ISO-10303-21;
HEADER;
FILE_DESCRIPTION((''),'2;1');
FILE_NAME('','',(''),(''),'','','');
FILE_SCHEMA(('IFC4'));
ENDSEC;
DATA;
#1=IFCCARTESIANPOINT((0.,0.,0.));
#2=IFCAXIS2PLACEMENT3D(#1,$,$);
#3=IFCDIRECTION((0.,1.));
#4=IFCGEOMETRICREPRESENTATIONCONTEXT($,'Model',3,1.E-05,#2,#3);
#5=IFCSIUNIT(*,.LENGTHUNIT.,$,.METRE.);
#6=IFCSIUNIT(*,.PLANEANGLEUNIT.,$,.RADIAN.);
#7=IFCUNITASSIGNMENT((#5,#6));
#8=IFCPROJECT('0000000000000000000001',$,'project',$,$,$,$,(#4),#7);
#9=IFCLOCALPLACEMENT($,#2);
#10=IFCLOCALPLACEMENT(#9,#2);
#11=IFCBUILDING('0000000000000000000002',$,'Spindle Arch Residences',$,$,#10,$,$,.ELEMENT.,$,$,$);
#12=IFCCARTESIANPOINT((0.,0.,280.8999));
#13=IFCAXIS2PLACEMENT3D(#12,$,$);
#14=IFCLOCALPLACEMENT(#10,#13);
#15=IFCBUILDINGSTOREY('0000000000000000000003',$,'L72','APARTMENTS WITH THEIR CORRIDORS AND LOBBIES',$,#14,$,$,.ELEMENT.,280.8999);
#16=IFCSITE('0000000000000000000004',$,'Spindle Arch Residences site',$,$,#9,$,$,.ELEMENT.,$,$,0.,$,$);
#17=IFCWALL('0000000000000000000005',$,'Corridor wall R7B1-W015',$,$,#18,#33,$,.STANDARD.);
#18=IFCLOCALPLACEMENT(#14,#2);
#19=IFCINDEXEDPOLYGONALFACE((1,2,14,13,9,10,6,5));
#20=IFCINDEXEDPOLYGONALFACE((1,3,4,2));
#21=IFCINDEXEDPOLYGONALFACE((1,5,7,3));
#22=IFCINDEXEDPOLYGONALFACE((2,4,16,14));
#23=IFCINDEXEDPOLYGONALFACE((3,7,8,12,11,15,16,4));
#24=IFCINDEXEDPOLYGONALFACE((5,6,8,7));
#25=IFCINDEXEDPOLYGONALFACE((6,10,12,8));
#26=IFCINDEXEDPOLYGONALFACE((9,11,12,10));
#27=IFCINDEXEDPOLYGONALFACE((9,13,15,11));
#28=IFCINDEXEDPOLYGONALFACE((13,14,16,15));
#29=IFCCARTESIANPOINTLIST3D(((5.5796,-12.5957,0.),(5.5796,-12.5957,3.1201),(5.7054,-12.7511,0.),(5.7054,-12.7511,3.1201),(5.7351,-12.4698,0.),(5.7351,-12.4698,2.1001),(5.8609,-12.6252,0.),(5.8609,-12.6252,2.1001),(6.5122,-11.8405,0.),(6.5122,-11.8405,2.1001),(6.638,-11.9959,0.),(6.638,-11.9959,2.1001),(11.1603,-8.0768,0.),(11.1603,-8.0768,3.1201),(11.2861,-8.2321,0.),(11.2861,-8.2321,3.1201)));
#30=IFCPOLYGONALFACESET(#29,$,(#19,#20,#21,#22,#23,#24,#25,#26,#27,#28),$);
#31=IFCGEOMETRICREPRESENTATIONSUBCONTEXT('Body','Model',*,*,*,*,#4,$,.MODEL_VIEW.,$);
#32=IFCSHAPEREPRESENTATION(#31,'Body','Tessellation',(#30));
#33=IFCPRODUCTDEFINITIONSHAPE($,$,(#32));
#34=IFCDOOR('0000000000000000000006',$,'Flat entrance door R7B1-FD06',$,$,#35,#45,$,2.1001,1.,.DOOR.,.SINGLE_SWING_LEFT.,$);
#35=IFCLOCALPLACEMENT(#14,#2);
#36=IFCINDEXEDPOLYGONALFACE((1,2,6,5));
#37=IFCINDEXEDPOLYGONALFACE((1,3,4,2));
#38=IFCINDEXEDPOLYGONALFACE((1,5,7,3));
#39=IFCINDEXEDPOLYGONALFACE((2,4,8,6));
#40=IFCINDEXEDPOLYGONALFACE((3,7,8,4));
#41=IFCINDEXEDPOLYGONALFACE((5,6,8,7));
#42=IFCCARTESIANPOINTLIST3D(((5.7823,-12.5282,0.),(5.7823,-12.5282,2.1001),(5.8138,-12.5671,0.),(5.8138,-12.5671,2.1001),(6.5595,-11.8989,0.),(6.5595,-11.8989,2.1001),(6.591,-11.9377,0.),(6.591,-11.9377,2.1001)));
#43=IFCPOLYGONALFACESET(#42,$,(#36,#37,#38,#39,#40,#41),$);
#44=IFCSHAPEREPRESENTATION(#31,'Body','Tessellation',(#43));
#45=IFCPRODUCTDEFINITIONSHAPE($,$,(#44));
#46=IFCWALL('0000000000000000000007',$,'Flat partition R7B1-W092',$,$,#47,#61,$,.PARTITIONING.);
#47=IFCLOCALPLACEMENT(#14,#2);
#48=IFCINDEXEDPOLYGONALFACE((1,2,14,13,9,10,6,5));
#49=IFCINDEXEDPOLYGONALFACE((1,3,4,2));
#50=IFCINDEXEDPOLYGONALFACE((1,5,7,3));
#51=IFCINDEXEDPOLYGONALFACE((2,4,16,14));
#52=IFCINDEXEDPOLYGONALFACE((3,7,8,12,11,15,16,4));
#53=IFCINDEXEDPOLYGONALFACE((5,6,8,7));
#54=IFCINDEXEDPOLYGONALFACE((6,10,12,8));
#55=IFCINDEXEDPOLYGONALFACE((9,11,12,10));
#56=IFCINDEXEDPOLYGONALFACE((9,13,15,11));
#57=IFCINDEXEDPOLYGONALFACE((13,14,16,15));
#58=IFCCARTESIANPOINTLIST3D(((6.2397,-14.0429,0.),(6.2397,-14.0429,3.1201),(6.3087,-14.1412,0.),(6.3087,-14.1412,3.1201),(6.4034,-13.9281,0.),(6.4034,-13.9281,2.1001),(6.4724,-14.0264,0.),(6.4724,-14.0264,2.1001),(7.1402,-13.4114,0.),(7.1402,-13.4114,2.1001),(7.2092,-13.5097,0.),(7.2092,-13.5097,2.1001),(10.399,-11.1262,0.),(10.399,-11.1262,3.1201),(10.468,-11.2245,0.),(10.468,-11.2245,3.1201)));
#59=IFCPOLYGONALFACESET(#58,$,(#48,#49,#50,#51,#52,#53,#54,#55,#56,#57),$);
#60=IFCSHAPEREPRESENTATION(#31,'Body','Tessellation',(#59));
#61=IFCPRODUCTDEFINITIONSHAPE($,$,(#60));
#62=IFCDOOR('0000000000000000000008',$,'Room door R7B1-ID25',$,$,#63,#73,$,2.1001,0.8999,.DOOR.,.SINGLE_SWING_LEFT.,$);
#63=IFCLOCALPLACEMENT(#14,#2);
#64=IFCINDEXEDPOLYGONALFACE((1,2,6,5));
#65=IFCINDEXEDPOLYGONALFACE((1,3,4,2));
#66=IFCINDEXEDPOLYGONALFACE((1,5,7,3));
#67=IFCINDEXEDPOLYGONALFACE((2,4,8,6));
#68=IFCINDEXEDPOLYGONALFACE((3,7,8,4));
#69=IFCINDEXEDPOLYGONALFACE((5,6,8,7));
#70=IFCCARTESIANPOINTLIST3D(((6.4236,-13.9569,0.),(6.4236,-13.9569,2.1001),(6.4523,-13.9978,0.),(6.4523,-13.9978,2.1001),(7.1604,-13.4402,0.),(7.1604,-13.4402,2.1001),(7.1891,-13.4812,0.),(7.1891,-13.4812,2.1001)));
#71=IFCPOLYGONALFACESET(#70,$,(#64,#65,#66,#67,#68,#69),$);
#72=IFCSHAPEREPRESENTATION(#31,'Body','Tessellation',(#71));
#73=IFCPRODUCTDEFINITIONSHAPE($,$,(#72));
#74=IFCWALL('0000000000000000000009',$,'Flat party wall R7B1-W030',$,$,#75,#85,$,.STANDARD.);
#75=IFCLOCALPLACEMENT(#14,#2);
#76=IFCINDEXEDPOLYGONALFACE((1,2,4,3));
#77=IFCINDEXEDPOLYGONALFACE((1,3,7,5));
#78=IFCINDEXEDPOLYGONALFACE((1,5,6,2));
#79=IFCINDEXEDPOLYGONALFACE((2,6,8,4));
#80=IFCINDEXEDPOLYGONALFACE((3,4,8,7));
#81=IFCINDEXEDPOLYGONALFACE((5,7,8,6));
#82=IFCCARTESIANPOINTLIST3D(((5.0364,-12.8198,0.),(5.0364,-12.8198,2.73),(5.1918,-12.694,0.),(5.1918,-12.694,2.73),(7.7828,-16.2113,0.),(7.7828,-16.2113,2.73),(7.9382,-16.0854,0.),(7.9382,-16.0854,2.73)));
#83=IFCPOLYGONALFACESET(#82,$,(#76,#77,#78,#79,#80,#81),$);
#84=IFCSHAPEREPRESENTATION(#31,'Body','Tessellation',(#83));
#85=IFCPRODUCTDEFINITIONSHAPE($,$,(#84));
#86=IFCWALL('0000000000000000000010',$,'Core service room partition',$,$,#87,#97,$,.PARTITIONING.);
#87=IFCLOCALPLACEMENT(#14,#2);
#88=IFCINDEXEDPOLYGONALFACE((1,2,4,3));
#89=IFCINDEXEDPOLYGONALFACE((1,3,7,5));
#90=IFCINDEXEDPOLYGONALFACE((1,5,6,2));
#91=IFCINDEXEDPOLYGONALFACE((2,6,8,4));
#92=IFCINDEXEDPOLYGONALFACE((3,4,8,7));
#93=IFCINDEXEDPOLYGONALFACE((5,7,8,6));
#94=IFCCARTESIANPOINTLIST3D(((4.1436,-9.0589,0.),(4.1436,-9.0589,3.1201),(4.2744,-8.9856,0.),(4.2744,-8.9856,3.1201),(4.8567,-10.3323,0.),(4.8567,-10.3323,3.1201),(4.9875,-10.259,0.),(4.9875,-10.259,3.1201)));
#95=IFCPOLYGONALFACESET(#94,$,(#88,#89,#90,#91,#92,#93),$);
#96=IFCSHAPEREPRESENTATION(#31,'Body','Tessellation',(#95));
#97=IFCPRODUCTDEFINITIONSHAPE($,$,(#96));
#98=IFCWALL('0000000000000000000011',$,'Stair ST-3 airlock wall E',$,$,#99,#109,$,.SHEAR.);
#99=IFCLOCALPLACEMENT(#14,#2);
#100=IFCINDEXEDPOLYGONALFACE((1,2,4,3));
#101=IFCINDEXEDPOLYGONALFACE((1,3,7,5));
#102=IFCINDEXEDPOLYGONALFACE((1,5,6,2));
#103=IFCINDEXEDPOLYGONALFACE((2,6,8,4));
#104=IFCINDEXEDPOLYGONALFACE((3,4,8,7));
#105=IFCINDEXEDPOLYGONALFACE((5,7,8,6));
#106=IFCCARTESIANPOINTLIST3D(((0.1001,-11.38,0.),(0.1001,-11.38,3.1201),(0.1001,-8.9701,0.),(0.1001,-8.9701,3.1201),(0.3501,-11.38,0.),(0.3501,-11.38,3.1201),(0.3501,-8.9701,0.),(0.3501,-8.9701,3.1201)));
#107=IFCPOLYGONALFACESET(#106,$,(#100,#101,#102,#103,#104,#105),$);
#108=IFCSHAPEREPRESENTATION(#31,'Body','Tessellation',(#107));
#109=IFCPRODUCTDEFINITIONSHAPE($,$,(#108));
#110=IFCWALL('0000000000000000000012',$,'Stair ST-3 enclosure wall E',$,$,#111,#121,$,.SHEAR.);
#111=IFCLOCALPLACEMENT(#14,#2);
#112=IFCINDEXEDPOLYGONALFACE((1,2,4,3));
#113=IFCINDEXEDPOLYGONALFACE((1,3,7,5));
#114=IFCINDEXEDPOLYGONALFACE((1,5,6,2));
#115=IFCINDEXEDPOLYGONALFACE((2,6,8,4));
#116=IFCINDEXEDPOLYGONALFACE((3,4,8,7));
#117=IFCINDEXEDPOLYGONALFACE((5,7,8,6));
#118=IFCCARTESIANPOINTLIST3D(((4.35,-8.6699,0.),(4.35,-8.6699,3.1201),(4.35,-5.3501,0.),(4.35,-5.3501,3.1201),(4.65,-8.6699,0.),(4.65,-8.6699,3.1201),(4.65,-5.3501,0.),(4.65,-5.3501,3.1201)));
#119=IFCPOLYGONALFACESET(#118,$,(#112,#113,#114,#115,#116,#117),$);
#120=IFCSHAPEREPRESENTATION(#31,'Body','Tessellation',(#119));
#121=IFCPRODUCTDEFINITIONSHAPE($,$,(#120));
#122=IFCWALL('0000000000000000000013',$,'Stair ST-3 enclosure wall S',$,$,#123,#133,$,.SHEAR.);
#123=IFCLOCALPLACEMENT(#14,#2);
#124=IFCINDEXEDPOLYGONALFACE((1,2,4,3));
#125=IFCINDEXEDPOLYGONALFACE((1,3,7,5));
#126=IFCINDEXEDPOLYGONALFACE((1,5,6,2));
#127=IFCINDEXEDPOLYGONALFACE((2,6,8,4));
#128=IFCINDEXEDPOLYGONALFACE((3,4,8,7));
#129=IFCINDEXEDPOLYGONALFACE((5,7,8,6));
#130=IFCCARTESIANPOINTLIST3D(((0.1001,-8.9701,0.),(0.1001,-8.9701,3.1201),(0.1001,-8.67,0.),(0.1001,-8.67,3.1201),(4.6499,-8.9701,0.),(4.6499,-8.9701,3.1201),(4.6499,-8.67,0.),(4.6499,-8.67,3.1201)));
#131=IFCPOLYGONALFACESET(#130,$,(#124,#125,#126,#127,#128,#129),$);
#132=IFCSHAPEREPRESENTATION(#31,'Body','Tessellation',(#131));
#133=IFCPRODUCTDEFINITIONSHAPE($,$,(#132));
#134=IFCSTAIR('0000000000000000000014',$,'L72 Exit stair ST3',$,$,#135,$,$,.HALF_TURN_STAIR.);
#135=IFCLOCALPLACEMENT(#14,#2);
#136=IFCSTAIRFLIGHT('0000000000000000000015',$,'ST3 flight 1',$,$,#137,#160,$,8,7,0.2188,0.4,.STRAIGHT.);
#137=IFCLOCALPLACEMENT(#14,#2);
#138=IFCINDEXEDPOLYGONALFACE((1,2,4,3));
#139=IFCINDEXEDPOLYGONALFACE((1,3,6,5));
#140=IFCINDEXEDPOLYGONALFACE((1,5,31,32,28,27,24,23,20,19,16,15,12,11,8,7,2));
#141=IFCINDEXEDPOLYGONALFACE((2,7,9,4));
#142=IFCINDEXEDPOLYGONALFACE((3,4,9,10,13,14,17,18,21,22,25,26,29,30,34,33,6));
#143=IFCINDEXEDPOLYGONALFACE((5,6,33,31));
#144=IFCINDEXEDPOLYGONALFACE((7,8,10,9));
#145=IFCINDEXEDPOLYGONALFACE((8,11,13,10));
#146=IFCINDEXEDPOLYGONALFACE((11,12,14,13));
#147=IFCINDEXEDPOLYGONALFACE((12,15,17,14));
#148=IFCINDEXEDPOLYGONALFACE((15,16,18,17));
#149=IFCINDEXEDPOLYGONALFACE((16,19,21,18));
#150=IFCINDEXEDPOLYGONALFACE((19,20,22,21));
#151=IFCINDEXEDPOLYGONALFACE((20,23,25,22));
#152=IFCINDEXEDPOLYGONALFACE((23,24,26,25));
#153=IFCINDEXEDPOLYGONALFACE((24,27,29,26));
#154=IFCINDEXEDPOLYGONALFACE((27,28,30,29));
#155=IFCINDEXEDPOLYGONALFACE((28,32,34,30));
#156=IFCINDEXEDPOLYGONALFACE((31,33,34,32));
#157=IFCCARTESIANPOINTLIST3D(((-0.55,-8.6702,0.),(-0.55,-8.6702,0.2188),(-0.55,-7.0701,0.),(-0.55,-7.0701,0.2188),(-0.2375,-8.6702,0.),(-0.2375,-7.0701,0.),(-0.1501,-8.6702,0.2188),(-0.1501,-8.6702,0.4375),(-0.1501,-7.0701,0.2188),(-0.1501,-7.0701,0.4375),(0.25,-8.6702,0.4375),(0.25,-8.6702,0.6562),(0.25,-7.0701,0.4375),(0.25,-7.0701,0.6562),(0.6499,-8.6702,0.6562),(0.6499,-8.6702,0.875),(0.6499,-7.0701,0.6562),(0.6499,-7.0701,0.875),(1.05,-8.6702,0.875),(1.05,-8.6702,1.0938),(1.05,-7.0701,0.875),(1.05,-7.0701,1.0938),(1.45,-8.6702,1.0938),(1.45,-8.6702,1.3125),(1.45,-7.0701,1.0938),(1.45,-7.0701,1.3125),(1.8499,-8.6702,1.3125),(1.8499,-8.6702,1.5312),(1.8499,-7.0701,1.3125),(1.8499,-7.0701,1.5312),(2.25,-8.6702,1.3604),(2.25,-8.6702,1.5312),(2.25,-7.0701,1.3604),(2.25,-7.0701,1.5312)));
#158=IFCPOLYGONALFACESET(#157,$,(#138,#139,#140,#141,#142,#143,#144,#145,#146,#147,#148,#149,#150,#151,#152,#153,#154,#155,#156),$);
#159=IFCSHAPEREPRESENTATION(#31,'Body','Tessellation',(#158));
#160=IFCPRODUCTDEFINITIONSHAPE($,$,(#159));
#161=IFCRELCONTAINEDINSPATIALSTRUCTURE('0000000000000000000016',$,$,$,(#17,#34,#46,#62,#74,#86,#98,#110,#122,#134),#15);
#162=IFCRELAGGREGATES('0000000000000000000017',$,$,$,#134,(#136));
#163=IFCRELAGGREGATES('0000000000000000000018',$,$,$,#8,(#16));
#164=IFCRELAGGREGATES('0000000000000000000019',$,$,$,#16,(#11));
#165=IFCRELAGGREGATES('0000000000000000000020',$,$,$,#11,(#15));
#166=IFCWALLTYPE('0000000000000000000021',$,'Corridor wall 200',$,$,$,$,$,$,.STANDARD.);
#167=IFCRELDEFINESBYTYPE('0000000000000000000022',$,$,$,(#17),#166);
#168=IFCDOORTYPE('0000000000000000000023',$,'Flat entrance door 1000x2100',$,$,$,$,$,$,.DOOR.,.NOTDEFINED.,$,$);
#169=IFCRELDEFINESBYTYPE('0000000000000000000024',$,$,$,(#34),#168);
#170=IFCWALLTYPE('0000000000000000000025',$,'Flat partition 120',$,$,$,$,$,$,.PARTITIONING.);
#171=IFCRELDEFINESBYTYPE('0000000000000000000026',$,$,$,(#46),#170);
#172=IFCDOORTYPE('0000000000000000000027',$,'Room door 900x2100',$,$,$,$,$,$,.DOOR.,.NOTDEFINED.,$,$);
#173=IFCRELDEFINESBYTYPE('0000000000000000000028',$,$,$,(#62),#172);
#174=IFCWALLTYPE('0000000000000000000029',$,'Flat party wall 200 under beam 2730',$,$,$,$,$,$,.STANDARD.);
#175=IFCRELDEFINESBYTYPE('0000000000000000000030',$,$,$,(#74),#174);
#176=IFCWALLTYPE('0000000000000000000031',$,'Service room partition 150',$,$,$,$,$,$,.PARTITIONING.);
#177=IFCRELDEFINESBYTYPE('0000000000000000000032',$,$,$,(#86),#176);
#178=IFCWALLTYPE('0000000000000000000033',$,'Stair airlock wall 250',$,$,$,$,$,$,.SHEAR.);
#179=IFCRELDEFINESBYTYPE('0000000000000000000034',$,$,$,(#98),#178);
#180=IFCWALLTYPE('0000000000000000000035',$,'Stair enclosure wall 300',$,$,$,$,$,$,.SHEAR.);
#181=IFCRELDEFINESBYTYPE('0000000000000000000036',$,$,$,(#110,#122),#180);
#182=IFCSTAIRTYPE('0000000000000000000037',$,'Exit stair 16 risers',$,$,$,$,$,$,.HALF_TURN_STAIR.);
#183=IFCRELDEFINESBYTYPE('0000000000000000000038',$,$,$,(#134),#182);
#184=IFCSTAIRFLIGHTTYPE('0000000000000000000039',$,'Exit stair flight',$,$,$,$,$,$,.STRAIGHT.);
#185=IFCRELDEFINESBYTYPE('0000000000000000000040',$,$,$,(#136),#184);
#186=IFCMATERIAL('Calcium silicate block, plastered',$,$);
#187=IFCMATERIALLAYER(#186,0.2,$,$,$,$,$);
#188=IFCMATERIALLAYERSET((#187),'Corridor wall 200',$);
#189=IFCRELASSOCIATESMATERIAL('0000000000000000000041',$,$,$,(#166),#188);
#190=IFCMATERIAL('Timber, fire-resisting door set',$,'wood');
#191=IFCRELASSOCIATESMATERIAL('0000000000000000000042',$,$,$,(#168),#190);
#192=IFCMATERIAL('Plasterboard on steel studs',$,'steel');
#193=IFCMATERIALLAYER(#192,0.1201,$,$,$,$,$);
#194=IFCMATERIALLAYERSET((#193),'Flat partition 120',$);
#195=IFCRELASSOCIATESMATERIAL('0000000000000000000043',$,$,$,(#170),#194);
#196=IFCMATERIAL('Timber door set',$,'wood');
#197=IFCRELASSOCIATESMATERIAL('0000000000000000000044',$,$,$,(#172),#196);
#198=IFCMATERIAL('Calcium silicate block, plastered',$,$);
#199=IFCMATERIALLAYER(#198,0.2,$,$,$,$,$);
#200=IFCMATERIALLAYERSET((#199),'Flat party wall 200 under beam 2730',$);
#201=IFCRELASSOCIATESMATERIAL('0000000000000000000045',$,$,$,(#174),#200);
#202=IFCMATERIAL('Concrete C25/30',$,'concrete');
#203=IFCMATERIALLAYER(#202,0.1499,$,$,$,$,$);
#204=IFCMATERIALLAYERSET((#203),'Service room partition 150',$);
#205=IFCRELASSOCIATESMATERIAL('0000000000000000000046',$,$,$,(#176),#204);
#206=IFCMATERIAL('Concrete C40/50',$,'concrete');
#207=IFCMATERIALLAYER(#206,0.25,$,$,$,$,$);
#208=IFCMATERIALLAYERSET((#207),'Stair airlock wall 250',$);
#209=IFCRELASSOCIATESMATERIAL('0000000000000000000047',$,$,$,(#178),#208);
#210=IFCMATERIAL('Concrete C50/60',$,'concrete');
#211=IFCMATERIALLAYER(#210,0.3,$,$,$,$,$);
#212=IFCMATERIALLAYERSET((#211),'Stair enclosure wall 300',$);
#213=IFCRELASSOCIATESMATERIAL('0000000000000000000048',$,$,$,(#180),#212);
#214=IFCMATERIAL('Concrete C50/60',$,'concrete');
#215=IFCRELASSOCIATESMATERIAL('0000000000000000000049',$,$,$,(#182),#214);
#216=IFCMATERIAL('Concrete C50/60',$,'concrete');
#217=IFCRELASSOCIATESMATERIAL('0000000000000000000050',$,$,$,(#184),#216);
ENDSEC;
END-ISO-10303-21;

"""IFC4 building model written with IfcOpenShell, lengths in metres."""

from ifc_helpers import new_model, si_unit, direction, frame, frame_2d, origin, place, context, subcontext, project, spatial, polyline, rectangle, outline, extrude, material, layer, layer_set, type_object, element, fill, aggregate, save


model = new_model("IFC4")

# Units and contexts
model_context = context("Model", 3, precision=1e-05, world=origin(), true_north=direction((0.0, 1.0)))
body_context = subcontext(model_context, "Body", "Model", "MODEL_VIEW")
ifc_project = project(units=[si_unit("LENGTHUNIT", "METRE"), si_unit("PLANEANGLEUNIT", "RADIAN")], contexts=[model_context])

# Site, building, storey
site_placement = place(None, origin())
site = spatial("IfcSite", under=ifc_project, at=site_placement, Name="Spindle Arch Residences site", CompositionType="ELEMENT", RefElevation=0.0)
building_placement = place(site_placement, origin())
building = spatial("IfcBuilding", under=site, at=building_placement, Name="Spindle Arch Residences", CompositionType="ELEMENT")
storey_placement = place(building_placement, frame((0.0, 0.0, 280.8999)))
storey = spatial("IfcBuildingStorey", under=building, at=storey_placement, Name="L72", Description="APARTMENTS WITH THEIR CORRIDORS AND LOBBIES", CompositionType="ELEMENT", Elevation=280.8999)

# Walls, openings, doors
ifc_material_1 = material(Name="Calcium silicate block, plastered")
ifc_layer_1 = layer(ifc_material_1, 0.2)
ifc_layer_set_1 = layer_set([ifc_layer_1], Name="Corridor wall 200")
wall_type_1 = type_object("IfcWallType", Name="Corridor wall 200", PredefinedType="STANDARD", material=ifc_layer_set_1)
ifc_material_2 = material(Name="Timber, fire-resisting door set", Category="wood")
door_type_1 = type_object("IfcDoorType", Name="Flat entrance door 1000x2100", OperationType="NOTDEFINED", PredefinedType="DOOR", material=ifc_material_2)
wall_1_placement = place(storey_placement, frame((5.6426, -12.6733, 0.0), z_axis=(0.0, 0.0, 1.0), x_axis=(0.77716, 0.629303, 0.0)))
wall_1 = element("IfcWall", 1, at=wall_1_placement, inside=storey, type_object=wall_type_1, Name="Corridor wall R7B1-W015", PredefinedType="STANDARD", context=body_context, shape_type="SweptSolid", body=[
    extrude(rectangle(XDim=7.1809, YDim=0.2, at=frame_2d((3.5903, 0.0))), origin(), (0.0, 0.0, 1.0), 3.1201),
])
opening_1_placement = place(wall_1_placement, frame((0.2, 0.0, 0.0)))
opening_1 = element("IfcOpeningElement", 2, at=opening_1_placement, cuts=wall_1, PredefinedType="OPENING", context=body_context, shape_type="SweptSolid", body=[
    extrude(rectangle(XDim=1.0, YDim=2.1001, at=frame_2d((0.5, 1.05))), frame((0.0, 0.1099, 0.0), z_axis=(0.0, -1.0, 0.0), x_axis=(1.0, 0.0, 0.0)), (0.0, 0.0, 1.0), 0.22),
])
door_1_placement = place(opening_1_placement, origin())
door_1 = element("IfcDoor", 3, at=door_1_placement, inside=storey, type_object=door_type_1, Name="Flat entrance door R7B1-FD06", OperationType="SINGLE_SWING_LEFT", OverallHeight=2.1001, OverallWidth=1.0, PredefinedType="DOOR", context=body_context, shape_type="SweptSolid", body=[
    extrude(rectangle(XDim=1.0, YDim=2.1001, at=frame_2d((0.5, 1.05))), frame((0.0, 0.0249, 0.0), z_axis=(0.0, -1.0, 0.0), x_axis=(1.0, 0.0, 0.0)), (0.0, 0.0, 1.0), 0.05),
])
fill(opening_1, door_1)
ifc_material_3 = material(Name="Plasterboard on steel studs", Category="steel")
ifc_layer_2 = layer(ifc_material_3, 0.1201)
ifc_layer_set_2 = layer_set([ifc_layer_2], Name="Flat partition 120")
wall_type_2 = type_object("IfcWallType", Name="Flat partition 120", PredefinedType="PARTITIONING", material=ifc_layer_set_2)
wall_2_placement = place(storey_placement, frame((6.2742, -14.092, 0.0), z_axis=(0.0, 0.0, 1.0), x_axis=(0.818755, 0.574143, 0.0)))
wall_2 = element("IfcWall", 4, at=wall_2_placement, inside=storey, type_object=wall_type_2, Name="Flat partition R7B1-W092", PredefinedType="PARTITIONING", context=body_context, shape_type="SweptSolid", body=[
    extrude(rectangle(XDim=5.0801, YDim=0.1201, at=frame_2d((2.54, 0.0))), origin(), (0.0, 0.0, 1.0), 3.1201),
])
opening_2_placement = place(wall_2_placement, frame((0.2, 0.0, 0.0)))
opening_2 = element("IfcOpeningElement", 5, at=opening_2_placement, cuts=wall_2, PredefinedType="OPENING", context=body_context, shape_type="SweptSolid", body=[
    extrude(rectangle(XDim=0.8999, YDim=2.1001, at=frame_2d((0.45, 1.05))), frame((0.0, 0.0701, 0.0), z_axis=(0.0, -1.0, 0.0), x_axis=(1.0, 0.0, 0.0)), (0.0, 0.0, 1.0), 0.1401),
])
ifc_material_4 = material(Name="Timber door set", Category="wood")
door_type_2 = type_object("IfcDoorType", Name="Room door 900x2100", OperationType="NOTDEFINED", PredefinedType="DOOR", material=ifc_material_4)
door_2_placement = place(opening_2_placement, origin())
door_2 = element("IfcDoor", 6, at=door_2_placement, inside=storey, type_object=door_type_2, Name="Room door R7B1-ID25", OperationType="SINGLE_SWING_LEFT", OverallHeight=2.1001, OverallWidth=0.8999, PredefinedType="DOOR", context=body_context, shape_type="SweptSolid", body=[
    extrude(rectangle(XDim=0.8999, YDim=2.1001, at=frame_2d((0.45, 1.05))), frame((0.0, 0.0249, 0.0), z_axis=(0.0, -1.0, 0.0), x_axis=(1.0, 0.0, 0.0)), (0.0, 0.0, 1.0), 0.05),
])
fill(opening_2, door_2)

# Walls
ifc_material_5 = material(Name="Calcium silicate block, plastered")
ifc_layer_3 = layer(ifc_material_5, 0.2)
ifc_layer_set_3 = layer_set([ifc_layer_3], Name="Flat party wall 200 under beam 2730")
wall_type_3 = type_object("IfcWallType", Name="Flat party wall 200 under beam 2730", PredefinedType="STANDARD", material=ifc_layer_set_3)
wall_3_placement = place(storey_placement, frame((7.8606, -16.1484, 0.0), z_axis=(0.0, 0.0, 1.0), x_axis=(-0.62933, 0.777138, 0.0)))
element("IfcWall", 7, at=wall_3_placement, inside=storey, type_object=wall_type_3, Name="Flat party wall R7B1-W030", PredefinedType="STANDARD", context=body_context, shape_type="SweptSolid", body=[
    extrude(rectangle(XDim=4.364, YDim=0.2, at=frame_2d((2.1821, 0.0))), origin(), (0.0, 0.0, 1.0), 2.73),
])
ifc_material_6 = material(Name="Concrete C25/30", Category="concrete")
ifc_layer_4 = layer(ifc_material_6, 0.1499)
ifc_layer_set_4 = layer_set([ifc_layer_4], Name="Service room partition 150")
wall_type_4 = type_object("IfcWallType", Name="Service room partition 150", PredefinedType="PARTITIONING", material=ifc_layer_set_4)
wall_4_placement = place(storey_placement, frame((4.9221, -10.2957, 0.0), z_axis=(0.0, 0.0, 1.0), x_axis=(-0.488608, 0.872503, 0.0)))
element("IfcWall", 8, at=wall_4_placement, inside=storey, type_object=wall_type_4, Name="Core service room partition", PredefinedType="PARTITIONING", context=body_context, shape_type="SweptSolid", body=[
    extrude(rectangle(XDim=1.4595, YDim=0.1499, at=frame_2d((0.7297, 0.0))), origin(), (0.0, 0.0, 1.0), 3.1201),
])
ifc_material_7 = material(Name="Concrete C40/50", Category="concrete")
ifc_layer_5 = layer(ifc_material_7, 0.25)
ifc_layer_set_5 = layer_set([ifc_layer_5], Name="Stair airlock wall 250")
wall_type_5 = type_object("IfcWallType", Name="Stair airlock wall 250", PredefinedType="SHEAR", material=ifc_layer_set_5)
wall_5_placement = place(storey_placement, frame((0.2251, -8.97, 0.0), z_axis=(0.0, 0.0, 1.0), x_axis=(0.0, -1.0, 0.0)))
element("IfcWall", 9, at=wall_5_placement, inside=storey, type_object=wall_type_5, Name="Stair ST-3 airlock wall E", PredefinedType="SHEAR", context=body_context, shape_type="SweptSolid", body=[
    extrude(rectangle(XDim=2.4099, YDim=0.25, at=frame_2d((1.2051, 0.0))), origin(), (0.0, 0.0, 1.0), 3.1201),
])
ifc_material_8 = material(Name="Concrete C50/60", Category="concrete")
ifc_layer_6 = layer(ifc_material_8, 0.3)
ifc_layer_set_6 = layer_set([ifc_layer_6], Name="Stair enclosure wall 300")
wall_type_6 = type_object("IfcWallType", Name="Stair enclosure wall 300", PredefinedType="SHEAR", material=ifc_layer_set_6)
wall_6_placement = place(storey_placement, frame((4.5, -8.6699, 0.0), z_axis=(0.0, 0.0, 1.0), x_axis=(0.0, 1.0, 0.0)))
element("IfcWall", 10, at=wall_6_placement, inside=storey, type_object=wall_type_6, Name="Stair ST-3 enclosure wall E", PredefinedType="SHEAR", context=body_context, shape_type="SweptSolid", body=[
    extrude(rectangle(XDim=3.3198, YDim=0.3, at=frame_2d((1.6599, 0.0))), origin(), (0.0, 0.0, 1.0), 3.1201),
])
wall_7_placement = place(storey_placement, frame((0.1001, -8.8201, 0.0), z_axis=(0.0, 0.0, 1.0), x_axis=(1.0, 0.0, 0.0)))
element("IfcWall", 11, at=wall_7_placement, inside=storey, type_object=wall_type_6, Name="Stair ST-3 enclosure wall S", PredefinedType="SHEAR", context=body_context, shape_type="SweptSolid", body=[
    extrude(rectangle(XDim=4.5498, YDim=0.3, at=frame_2d((2.2749, 0.0))), origin(), (0.0, 0.0, 1.0), 3.1201),
])

# Stair, stair flight
ifc_material_9 = material(Name="Concrete C50/60", Category="concrete")
stair_type = type_object("IfcStairType", Name="Exit stair 16 risers", PredefinedType="HALF_TURN_STAIR", material=ifc_material_9)
stair_placement = place(storey_placement, origin())
stair = element("IfcStair", 12, at=stair_placement, inside=storey, type_object=stair_type, Name="L72 Exit stair ST3", PredefinedType="HALF_TURN_STAIR")
ifc_material_10 = material(Name="Concrete C50/60", Category="concrete")
stair_flight_type = type_object("IfcStairFlightType", Name="Exit stair flight", PredefinedType="STRAIGHT", material=ifc_material_10)
stair_flight_placement = place(storey_placement, frame((-0.55, -7.8701, 0.0), z_axis=(0.0, 0.0, 1.0), x_axis=(1.0, 0.0, 0.0)))
stair_flight = element("IfcStairFlight", 13, at=stair_flight_placement, type_object=stair_flight_type, Name="ST3 flight 1", NumberOfRisers=8, NumberOfTreads=7, PredefinedType="STRAIGHT", RiserHeight=0.2188, TreadLength=0.4, context=body_context, shape_type="SweptSolid", body=[
    extrude(outline(polyline([(0.0, 0.0), (0.0, 0.2188), (0.3999, 0.2188), (0.3999, 0.4375), (0.8, 0.4375), (0.8, 0.6562), (1.2, 0.6562), (1.2, 0.875), (1.6001, 0.875), (1.6001, 1.0938), (2.0, 1.0938), (2.0, 1.3125), (2.3999, 1.3125), (2.3999, 1.5312), (2.8, 1.5312), (2.8, 1.75), (2.8, 1.3604), (0.3125, 0.0), (0.0, 0.0)])), frame((0.0, 0.8, 0.0), z_axis=(0.0, -1.0, 0.0), x_axis=(1.0, 0.0, 0.0)), (0.0, 0.0, 1.0), 1.6001),
])
aggregate(stair, [stair_flight])

save(model, "model.ifc")
